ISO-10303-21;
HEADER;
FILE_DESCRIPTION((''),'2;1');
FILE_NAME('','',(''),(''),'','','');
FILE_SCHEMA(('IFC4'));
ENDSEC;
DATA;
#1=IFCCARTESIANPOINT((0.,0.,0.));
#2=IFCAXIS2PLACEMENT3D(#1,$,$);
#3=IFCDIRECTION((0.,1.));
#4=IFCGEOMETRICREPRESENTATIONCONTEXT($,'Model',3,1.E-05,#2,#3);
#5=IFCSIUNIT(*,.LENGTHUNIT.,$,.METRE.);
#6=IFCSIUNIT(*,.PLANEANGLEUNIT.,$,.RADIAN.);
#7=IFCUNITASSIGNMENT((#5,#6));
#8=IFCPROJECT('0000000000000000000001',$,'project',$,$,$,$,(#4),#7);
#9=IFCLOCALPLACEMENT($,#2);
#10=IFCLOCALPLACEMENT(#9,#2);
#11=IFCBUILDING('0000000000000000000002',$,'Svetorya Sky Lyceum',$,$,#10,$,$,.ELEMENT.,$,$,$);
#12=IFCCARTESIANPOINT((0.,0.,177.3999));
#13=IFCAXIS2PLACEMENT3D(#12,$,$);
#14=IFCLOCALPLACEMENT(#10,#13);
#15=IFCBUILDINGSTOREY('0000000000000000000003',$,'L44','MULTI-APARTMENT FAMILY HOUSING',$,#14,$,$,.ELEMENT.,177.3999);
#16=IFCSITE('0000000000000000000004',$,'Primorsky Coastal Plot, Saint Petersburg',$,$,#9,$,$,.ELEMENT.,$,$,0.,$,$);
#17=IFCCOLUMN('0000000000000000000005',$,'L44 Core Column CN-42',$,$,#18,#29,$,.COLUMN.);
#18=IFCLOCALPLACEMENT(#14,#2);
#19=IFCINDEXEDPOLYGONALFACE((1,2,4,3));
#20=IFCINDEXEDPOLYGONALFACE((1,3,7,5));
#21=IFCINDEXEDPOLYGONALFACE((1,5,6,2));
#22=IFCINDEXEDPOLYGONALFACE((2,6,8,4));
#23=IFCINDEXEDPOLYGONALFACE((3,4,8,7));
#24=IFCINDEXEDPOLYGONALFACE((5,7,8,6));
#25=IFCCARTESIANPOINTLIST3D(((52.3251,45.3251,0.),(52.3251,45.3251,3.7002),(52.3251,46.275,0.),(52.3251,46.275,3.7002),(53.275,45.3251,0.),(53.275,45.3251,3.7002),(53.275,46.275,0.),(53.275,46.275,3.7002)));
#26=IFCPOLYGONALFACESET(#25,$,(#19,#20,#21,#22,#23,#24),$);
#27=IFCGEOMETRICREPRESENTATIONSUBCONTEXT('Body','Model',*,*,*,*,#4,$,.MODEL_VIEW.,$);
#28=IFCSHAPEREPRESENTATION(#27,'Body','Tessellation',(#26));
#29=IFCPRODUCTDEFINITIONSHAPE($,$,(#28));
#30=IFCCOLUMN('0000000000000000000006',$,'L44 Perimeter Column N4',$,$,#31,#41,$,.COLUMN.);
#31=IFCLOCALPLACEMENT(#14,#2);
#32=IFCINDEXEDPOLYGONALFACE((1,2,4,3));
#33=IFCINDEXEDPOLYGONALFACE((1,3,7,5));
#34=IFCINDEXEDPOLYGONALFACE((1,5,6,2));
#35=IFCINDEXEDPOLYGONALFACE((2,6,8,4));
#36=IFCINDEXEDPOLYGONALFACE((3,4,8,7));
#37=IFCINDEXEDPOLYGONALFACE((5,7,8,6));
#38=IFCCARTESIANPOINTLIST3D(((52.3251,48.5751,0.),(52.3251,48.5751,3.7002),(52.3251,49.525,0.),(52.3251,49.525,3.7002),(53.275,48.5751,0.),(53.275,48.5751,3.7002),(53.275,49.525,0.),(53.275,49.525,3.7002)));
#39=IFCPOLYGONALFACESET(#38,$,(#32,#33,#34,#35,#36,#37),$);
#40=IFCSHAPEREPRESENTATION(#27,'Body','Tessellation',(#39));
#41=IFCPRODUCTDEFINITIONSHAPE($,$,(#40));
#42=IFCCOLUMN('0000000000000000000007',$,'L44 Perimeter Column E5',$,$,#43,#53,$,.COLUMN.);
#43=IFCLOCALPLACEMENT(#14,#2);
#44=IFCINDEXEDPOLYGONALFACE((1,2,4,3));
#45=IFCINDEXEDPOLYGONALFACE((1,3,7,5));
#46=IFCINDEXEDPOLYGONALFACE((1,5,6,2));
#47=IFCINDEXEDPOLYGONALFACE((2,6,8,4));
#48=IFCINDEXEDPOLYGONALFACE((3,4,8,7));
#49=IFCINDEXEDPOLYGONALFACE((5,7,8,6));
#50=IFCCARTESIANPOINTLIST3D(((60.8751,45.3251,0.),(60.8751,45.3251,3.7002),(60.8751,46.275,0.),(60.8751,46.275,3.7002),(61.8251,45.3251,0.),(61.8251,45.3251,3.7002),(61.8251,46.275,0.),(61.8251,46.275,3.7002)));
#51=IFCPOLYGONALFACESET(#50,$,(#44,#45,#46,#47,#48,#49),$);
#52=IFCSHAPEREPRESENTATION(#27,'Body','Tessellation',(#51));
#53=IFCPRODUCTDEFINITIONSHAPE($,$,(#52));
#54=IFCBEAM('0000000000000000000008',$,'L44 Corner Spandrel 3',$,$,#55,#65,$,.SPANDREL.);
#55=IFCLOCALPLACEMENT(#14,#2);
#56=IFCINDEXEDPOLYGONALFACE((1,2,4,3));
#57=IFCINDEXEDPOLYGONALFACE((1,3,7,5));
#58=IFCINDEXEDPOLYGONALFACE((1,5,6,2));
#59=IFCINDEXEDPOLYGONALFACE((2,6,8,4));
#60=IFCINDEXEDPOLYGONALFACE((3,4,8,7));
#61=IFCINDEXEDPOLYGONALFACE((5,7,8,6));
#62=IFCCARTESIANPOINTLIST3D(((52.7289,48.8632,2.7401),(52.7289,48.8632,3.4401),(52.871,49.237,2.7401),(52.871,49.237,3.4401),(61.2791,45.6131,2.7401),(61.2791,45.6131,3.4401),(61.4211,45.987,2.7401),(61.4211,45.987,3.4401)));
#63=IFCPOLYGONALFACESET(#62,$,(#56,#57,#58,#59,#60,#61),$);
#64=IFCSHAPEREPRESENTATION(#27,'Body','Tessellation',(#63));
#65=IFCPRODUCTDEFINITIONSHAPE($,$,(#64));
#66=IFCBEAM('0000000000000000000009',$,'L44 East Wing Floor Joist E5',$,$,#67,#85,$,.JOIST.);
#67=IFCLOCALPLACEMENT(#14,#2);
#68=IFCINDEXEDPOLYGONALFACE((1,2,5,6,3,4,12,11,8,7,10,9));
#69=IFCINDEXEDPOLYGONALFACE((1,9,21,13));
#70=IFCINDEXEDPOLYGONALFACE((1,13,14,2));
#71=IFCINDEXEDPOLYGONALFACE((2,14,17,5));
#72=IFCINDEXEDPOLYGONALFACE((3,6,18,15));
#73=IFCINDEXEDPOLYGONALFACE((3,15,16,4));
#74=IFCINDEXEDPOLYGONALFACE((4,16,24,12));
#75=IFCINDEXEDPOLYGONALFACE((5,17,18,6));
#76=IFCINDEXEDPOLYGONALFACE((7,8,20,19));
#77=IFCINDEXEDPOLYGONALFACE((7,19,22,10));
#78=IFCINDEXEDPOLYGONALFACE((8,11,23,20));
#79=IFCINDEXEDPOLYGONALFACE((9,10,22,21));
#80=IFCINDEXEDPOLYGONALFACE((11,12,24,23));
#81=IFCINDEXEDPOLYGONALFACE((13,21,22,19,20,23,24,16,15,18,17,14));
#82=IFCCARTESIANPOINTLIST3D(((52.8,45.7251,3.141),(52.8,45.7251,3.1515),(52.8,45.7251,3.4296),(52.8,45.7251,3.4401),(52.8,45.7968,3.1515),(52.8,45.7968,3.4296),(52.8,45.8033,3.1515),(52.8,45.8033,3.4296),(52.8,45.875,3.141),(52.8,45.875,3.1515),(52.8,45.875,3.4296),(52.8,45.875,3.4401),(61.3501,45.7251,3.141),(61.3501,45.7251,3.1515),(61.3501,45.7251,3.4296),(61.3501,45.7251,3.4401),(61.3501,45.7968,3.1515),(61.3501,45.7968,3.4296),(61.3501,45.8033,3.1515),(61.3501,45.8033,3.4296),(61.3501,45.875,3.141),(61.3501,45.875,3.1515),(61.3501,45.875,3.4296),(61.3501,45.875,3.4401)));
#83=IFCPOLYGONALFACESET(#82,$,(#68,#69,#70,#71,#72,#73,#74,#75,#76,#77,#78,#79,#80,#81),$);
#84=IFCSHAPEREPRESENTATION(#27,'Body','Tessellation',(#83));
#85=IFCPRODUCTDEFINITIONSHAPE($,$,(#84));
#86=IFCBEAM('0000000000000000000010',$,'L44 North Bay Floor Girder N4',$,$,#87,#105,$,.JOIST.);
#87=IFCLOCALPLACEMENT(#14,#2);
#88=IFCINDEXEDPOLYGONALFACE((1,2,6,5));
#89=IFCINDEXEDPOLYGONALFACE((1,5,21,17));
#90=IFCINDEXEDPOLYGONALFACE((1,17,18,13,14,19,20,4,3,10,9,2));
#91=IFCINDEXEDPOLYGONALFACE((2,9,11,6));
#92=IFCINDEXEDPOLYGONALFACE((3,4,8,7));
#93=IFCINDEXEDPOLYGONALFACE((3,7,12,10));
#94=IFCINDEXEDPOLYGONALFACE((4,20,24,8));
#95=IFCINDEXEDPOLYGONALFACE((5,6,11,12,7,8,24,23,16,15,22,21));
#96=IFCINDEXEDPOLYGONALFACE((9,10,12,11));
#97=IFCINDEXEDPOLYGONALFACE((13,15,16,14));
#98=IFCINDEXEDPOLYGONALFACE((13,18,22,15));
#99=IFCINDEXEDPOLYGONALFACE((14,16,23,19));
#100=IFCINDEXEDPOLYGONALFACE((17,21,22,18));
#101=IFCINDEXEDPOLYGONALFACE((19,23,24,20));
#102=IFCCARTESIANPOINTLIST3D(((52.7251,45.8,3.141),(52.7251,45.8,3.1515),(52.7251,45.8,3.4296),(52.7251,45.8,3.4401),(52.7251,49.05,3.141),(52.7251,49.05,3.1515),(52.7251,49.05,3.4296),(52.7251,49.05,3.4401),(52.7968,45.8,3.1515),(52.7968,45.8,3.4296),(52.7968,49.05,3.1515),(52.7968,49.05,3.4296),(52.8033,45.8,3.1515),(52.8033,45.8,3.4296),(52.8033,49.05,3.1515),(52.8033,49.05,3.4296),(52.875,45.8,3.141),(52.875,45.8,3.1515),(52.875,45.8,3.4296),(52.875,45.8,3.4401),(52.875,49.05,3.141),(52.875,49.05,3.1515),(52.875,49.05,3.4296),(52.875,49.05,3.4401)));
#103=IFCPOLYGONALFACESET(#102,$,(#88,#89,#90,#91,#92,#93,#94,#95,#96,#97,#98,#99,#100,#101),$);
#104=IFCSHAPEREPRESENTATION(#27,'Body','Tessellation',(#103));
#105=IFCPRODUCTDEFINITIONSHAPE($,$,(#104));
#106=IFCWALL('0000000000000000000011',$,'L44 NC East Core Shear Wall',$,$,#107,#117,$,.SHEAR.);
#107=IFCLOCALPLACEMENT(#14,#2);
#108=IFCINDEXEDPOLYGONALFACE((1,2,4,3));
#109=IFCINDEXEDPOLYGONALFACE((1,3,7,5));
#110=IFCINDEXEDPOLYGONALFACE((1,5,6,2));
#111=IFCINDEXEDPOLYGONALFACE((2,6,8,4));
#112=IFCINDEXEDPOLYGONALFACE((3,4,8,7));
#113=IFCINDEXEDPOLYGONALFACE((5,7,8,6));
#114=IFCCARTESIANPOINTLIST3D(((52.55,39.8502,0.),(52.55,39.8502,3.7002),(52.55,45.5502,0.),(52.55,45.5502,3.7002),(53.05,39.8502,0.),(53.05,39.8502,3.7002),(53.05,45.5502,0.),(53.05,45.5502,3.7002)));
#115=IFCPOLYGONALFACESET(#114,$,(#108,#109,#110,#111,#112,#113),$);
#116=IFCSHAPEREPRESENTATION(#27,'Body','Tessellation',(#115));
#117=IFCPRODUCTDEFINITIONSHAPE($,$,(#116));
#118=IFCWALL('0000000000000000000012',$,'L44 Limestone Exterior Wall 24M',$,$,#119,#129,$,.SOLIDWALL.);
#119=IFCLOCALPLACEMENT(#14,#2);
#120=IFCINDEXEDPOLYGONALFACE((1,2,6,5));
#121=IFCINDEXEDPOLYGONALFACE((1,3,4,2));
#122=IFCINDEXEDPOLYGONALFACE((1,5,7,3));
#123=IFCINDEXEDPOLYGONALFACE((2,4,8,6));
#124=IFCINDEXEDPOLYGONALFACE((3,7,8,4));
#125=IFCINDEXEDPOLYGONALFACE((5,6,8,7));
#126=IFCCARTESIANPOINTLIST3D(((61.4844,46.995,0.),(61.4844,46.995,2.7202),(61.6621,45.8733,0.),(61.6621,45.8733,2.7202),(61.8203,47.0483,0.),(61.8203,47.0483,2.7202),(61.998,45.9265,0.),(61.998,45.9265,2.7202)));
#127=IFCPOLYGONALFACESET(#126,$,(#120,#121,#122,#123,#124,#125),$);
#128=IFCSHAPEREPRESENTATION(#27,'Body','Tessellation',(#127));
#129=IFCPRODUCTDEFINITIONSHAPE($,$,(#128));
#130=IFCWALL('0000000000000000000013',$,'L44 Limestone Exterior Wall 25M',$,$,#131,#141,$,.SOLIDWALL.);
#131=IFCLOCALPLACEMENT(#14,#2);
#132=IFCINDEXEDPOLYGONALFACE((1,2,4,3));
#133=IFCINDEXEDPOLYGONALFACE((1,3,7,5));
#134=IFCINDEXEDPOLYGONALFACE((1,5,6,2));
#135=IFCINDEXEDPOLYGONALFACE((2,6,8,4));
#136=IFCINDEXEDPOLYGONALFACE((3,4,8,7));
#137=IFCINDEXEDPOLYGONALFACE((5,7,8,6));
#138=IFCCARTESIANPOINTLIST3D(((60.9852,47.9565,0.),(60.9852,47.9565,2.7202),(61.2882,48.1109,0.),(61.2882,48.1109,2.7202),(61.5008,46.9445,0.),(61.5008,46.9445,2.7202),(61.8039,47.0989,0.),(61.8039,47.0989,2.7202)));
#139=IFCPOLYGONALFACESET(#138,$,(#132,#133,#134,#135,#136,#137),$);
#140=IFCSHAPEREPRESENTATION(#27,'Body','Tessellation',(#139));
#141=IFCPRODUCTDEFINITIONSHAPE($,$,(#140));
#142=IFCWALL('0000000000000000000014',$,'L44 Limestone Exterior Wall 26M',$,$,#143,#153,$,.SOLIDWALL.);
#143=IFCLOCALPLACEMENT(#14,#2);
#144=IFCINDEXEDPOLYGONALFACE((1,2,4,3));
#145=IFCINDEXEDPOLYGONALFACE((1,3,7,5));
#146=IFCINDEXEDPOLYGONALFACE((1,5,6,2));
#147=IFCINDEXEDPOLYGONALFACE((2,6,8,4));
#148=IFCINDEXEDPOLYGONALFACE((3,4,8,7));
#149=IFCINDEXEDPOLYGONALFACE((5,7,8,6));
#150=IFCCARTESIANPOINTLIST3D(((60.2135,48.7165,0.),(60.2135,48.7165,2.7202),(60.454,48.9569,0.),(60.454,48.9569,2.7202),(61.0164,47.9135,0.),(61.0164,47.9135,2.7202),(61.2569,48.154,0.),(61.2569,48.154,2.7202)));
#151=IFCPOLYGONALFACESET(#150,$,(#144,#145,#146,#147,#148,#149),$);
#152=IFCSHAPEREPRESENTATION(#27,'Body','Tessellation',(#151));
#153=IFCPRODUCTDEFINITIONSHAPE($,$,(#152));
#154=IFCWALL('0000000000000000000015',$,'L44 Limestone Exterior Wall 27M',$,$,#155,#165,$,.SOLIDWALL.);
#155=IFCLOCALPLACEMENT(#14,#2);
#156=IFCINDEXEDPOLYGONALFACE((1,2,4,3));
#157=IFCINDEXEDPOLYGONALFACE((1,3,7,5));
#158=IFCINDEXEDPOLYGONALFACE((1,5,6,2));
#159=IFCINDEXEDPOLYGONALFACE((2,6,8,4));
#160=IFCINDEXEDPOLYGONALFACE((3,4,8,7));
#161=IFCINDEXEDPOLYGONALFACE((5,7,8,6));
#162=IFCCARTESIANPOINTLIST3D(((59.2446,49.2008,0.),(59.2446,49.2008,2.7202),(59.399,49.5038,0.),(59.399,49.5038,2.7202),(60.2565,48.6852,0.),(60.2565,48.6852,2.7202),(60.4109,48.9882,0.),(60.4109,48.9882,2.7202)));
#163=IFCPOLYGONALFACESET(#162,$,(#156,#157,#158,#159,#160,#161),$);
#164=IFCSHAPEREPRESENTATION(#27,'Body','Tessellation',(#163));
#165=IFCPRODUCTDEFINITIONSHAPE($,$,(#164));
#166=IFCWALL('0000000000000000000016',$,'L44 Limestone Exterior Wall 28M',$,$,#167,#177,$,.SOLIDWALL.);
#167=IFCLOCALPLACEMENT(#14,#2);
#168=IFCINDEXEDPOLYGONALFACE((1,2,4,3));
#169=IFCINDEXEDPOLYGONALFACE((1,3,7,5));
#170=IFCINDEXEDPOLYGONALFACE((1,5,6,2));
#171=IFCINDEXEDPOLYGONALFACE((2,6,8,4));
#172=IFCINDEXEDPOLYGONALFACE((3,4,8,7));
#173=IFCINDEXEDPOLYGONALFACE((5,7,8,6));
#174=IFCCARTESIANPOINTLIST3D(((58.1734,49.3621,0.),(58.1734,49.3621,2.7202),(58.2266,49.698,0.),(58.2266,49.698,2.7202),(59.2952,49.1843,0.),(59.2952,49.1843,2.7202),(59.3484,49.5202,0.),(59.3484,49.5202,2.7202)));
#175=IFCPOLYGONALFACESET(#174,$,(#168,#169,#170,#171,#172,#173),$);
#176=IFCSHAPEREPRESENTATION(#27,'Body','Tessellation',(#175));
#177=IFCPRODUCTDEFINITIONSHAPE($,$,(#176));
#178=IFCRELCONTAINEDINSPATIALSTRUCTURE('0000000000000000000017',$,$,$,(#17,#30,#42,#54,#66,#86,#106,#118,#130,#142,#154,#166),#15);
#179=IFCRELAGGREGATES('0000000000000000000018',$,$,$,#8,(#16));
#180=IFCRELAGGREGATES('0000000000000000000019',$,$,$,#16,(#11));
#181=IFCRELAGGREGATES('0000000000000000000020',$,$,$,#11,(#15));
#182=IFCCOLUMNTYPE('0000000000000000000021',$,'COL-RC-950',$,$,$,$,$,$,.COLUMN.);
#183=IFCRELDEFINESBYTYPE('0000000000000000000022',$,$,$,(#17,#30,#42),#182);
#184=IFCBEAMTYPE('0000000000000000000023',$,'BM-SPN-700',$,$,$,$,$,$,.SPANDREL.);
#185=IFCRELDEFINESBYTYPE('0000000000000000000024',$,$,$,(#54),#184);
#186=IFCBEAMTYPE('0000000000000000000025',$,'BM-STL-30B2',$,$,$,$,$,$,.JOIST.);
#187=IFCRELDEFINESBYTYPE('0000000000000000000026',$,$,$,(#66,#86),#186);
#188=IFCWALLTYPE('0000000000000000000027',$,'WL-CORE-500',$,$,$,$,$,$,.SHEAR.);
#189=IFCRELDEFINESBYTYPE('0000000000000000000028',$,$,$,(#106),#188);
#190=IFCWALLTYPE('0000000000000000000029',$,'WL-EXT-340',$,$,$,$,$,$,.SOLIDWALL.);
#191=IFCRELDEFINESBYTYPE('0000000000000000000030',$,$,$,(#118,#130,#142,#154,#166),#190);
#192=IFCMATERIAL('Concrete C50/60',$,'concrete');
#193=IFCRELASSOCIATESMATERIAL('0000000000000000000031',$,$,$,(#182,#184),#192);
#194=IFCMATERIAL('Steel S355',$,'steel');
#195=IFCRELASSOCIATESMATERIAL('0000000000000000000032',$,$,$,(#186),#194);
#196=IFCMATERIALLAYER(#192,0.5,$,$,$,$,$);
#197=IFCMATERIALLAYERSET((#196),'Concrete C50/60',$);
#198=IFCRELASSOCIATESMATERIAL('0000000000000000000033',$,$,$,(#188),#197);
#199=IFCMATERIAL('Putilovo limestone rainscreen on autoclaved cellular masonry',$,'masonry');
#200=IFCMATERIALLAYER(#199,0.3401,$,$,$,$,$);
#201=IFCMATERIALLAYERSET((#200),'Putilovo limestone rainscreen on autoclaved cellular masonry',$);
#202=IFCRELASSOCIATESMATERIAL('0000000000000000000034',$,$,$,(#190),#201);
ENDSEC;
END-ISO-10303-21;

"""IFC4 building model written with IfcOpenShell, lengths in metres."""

from ifc_helpers import new_model, si_unit, direction, frame, frame_2d, origin, origin_2d, place, context, subcontext, project, spatial, rectangle, i_section, extrude, material, layer, layer_set, material_profile, profile_set, type_object, element, save


model = new_model("IFC4")

# Units and contexts
model_context = context("Model", 3, precision=1e-05, world=origin(), true_north=direction((0.0, 1.0)))
body_context = subcontext(model_context, "Body", "Model", "MODEL_VIEW")
ifc_project = project(units=[si_unit("LENGTHUNIT", "METRE"), si_unit("PLANEANGLEUNIT", "RADIAN")], contexts=[model_context])

# Site, building, storey
site_placement = place(None, origin())
site = spatial("IfcSite", under=ifc_project, at=site_placement, Name="Primorsky Coastal Plot, Saint Petersburg", CompositionType="ELEMENT", RefElevation=0.0)
building_placement = place(site_placement, origin())
building = spatial("IfcBuilding", under=site, at=building_placement, Name="Svetorya Sky Lyceum", CompositionType="ELEMENT")
storey_placement = place(building_placement, frame((0.0, 0.0, 177.3999)))
storey = spatial("IfcBuildingStorey", under=building, at=storey_placement, Name="L44", Description="MULTI-APARTMENT FAMILY HOUSING", CompositionType="ELEMENT", Elevation=177.3999)

# Columns
ifc_material_1 = material(Name="Concrete C50/60", Category="concrete")
ifc_material_profile_1 = material_profile(ifc_material_1, rectangle(XDim=0.95, YDim=0.95, at=origin_2d()), Name="RC COL 950x950")
ifc_profile_set_1 = profile_set([ifc_material_profile_1], Name="Concrete C50/60")
column_type = type_object("IfcColumnType", Name="COL-RC-950", PredefinedType="COLUMN", material=ifc_profile_set_1)
for number, where, z_axis, x_axis, name in (
    (1, (52.8, 45.8, 0.0), (0.0, 0.0, 1.0), (1.0, 0.0, 0.0), "L44 Core Column CN-42"),
    (2, (52.8, 49.05, 0.0), (0.0, 0.0, 1.0), (1.0, 0.0, 0.0), "L44 Perimeter Column N4"),
    (3, (61.3501, 45.8, 0.0), (0.0, 0.0, 1.0), (1.0, 0.0, 0.0), "L44 Perimeter Column E5"),
):
    element("IfcColumn", number, at=place(storey_placement, frame(where, z_axis=z_axis, x_axis=x_axis)), inside=storey, type_object=column_type, Name=name, PredefinedType="COLUMN", context=body_context, shape_type="SweptSolid", body=[
        extrude(rectangle(XDim=0.95, YDim=0.95, at=origin_2d()), origin(), (0.0, 0.0, 1.0), 3.7002),
    ])

# Beams
ifc_material_profile_2 = material_profile(ifc_material_1, rectangle(XDim=0.3999, YDim=0.7, at=origin_2d()), Name="RC SPANDREL 400x700")
ifc_profile_set_2 = profile_set([ifc_material_profile_2], Name="Concrete C50/60")
beam_type_1 = type_object("IfcBeamType", Name="BM-SPN-700", PredefinedType="SPANDREL", material=ifc_profile_set_2)
beam_1_placement = place(storey_placement, frame((61.3501, 45.8, 3.0901), z_axis=(-0.934748, 0.355312, 0.0), x_axis=(-0.355312, -0.934748, 0.0)))
element("IfcBeam", 4, at=beam_1_placement, inside=storey, type_object=beam_type_1, Name="L44 Corner Spandrel 3", PredefinedType="SPANDREL", context=body_context, shape_type="SweptSolid", body=[
    extrude(rectangle(XDim=0.3999, YDim=0.7, at=origin_2d()), origin(), (0.0, 0.0, 1.0), 9.147),
])
ifc_material_2 = material(Name="Steel S355", Category="steel")
ifc_material_profile_3 = material_profile(ifc_material_2, i_section(OverallWidth=0.1499, OverallDepth=0.2991, WebThickness=0.0066, FlangeThickness=0.0105, at=origin_2d()), Name="GOST 30B2")
ifc_profile_set_3 = profile_set([ifc_material_profile_3], Name="Steel S355")
beam_type_2 = type_object("IfcBeamType", Name="BM-STL-30B2", PredefinedType="JOIST", material=ifc_profile_set_3)
beam_2_placement = place(storey_placement, frame((52.8, 45.8, 3.2905), z_axis=(1.0, 0.0, 0.0), x_axis=(0.0, 1.0, 0.0)))
element("IfcBeam", 5, at=beam_2_placement, inside=storey, type_object=beam_type_2, Name="L44 East Wing Floor Joist E5", PredefinedType="JOIST", context=body_context, shape_type="SweptSolid", body=[
    extrude(i_section(OverallWidth=0.1499, OverallDepth=0.2991, WebThickness=0.0066, FlangeThickness=0.0105, at=origin_2d()), origin(), (0.0, 0.0, 1.0), 8.55),
])
beam_3_placement = place(storey_placement, frame((52.8, 45.8, 3.2905), z_axis=(0.0, 1.0, 0.0), x_axis=(-1.0, 0.0, 0.0)))
element("IfcBeam", 6, at=beam_3_placement, inside=storey, type_object=beam_type_2, Name="L44 North Bay Floor Girder N4", PredefinedType="JOIST", context=body_context, shape_type="SweptSolid", body=[
    extrude(i_section(OverallWidth=0.1499, OverallDepth=0.2991, WebThickness=0.0066, FlangeThickness=0.0105, at=origin_2d()), origin(), (0.0, 0.0, 1.0), 3.25),
])

# Walls
ifc_layer_1 = layer(ifc_material_1, 0.5)
ifc_layer_set_1 = layer_set([ifc_layer_1], Name="Concrete C50/60")
wall_type_1 = type_object("IfcWallType", Name="WL-CORE-500", PredefinedType="SHEAR", material=ifc_layer_set_1)
wall_1_placement = place(storey_placement, frame((52.8, 39.8501, 0.0), z_axis=(0.0, 0.0, 1.0), x_axis=(0.0, 1.0, 0.0)))
element("IfcWall", 7, at=wall_1_placement, inside=storey, type_object=wall_type_1, Name="L44 NC East Core Shear Wall", PredefinedType="SHEAR", context=body_context, shape_type="SweptSolid", body=[
    extrude(rectangle(XDim=5.7, YDim=0.5, at=frame_2d((2.8501, 0.0))), origin(), (0.0, 0.0, 1.0), 3.7002),
])
ifc_material_3 = material(Name="Putilovo limestone rainscreen on autoclaved cellular masonry", Category="masonry")
ifc_layer_2 = layer(ifc_material_3, 0.3401)
ifc_layer_set_2 = layer_set([ifc_layer_2], Name="Putilovo limestone rainscreen on autoclaved cellular masonry")
wall_type_2 = type_object("IfcWallType", Name="WL-EXT-340", PredefinedType="SOLIDWALL", material=ifc_layer_set_2)
for number, where, z_axis, x_axis, name in (
    (8, (61.8301, 45.8999, 0.0), (0.0, 0.0, 1.0), (-0.156481, 0.987681, 0.0), "L44 Limestone Exterior Wall 24M"),
    (9, (61.6523, 47.0217, 0.0), (0.0, 0.0, 1.0), (-0.453993, 0.891005, 0.0), "L44 Limestone Exterior Wall 25M"),
):
    element("IfcWall", number, at=place(storey_placement, frame(where, z_axis=z_axis, x_axis=x_axis)), inside=storey, type_object=wall_type_2, Name=name, PredefinedType="SOLIDWALL", context=body_context, shape_type="SweptSolid", body=[
        extrude(rectangle(XDim=1.1357, YDim=0.3401, at=frame_2d((0.5679, 0.0))), origin(), (0.0, 0.0, 1.0), 2.7202),
    ])
wall_2_placement = place(storey_placement, frame((61.1367, 48.0337, 0.0), z_axis=(0.0, 0.0, 1.0), x_axis=(-0.707107, 0.707107, 0.0)))
element("IfcWall", 10, at=wall_2_placement, inside=storey, type_object=wall_type_2, Name="L44 Limestone Exterior Wall 26M", PredefinedType="SOLIDWALL", context=body_context, shape_type="SweptSolid", body=[
    extrude(rectangle(XDim=1.1355, YDim=0.3401, at=frame_2d((0.5679, 0.0))), origin(), (0.0, 0.0, 1.0), 2.7202),
])
for number, where, z_axis, x_axis, name in (
    (11, (60.3337, 48.8367, 0.0), (0.0, 0.0, 1.0), (-0.891005, 0.453993, 0.0), "L44 Limestone Exterior Wall 27M"),
    (12, (59.3218, 49.3523, 0.0), (0.0, 0.0, 1.0), (-0.987681, 0.156481, 0.0), "L44 Limestone Exterior Wall 28M"),
):
    element("IfcWall", number, at=place(storey_placement, frame(where, z_axis=z_axis, x_axis=x_axis)), inside=storey, type_object=wall_type_2, Name=name, PredefinedType="SOLIDWALL", context=body_context, shape_type="SweptSolid", body=[
        extrude(rectangle(XDim=1.1357, YDim=0.3401, at=frame_2d((0.5679, 0.0))), origin(), (0.0, 0.0, 1.0), 2.7202),
    ])

save(model, "model.ifc")
